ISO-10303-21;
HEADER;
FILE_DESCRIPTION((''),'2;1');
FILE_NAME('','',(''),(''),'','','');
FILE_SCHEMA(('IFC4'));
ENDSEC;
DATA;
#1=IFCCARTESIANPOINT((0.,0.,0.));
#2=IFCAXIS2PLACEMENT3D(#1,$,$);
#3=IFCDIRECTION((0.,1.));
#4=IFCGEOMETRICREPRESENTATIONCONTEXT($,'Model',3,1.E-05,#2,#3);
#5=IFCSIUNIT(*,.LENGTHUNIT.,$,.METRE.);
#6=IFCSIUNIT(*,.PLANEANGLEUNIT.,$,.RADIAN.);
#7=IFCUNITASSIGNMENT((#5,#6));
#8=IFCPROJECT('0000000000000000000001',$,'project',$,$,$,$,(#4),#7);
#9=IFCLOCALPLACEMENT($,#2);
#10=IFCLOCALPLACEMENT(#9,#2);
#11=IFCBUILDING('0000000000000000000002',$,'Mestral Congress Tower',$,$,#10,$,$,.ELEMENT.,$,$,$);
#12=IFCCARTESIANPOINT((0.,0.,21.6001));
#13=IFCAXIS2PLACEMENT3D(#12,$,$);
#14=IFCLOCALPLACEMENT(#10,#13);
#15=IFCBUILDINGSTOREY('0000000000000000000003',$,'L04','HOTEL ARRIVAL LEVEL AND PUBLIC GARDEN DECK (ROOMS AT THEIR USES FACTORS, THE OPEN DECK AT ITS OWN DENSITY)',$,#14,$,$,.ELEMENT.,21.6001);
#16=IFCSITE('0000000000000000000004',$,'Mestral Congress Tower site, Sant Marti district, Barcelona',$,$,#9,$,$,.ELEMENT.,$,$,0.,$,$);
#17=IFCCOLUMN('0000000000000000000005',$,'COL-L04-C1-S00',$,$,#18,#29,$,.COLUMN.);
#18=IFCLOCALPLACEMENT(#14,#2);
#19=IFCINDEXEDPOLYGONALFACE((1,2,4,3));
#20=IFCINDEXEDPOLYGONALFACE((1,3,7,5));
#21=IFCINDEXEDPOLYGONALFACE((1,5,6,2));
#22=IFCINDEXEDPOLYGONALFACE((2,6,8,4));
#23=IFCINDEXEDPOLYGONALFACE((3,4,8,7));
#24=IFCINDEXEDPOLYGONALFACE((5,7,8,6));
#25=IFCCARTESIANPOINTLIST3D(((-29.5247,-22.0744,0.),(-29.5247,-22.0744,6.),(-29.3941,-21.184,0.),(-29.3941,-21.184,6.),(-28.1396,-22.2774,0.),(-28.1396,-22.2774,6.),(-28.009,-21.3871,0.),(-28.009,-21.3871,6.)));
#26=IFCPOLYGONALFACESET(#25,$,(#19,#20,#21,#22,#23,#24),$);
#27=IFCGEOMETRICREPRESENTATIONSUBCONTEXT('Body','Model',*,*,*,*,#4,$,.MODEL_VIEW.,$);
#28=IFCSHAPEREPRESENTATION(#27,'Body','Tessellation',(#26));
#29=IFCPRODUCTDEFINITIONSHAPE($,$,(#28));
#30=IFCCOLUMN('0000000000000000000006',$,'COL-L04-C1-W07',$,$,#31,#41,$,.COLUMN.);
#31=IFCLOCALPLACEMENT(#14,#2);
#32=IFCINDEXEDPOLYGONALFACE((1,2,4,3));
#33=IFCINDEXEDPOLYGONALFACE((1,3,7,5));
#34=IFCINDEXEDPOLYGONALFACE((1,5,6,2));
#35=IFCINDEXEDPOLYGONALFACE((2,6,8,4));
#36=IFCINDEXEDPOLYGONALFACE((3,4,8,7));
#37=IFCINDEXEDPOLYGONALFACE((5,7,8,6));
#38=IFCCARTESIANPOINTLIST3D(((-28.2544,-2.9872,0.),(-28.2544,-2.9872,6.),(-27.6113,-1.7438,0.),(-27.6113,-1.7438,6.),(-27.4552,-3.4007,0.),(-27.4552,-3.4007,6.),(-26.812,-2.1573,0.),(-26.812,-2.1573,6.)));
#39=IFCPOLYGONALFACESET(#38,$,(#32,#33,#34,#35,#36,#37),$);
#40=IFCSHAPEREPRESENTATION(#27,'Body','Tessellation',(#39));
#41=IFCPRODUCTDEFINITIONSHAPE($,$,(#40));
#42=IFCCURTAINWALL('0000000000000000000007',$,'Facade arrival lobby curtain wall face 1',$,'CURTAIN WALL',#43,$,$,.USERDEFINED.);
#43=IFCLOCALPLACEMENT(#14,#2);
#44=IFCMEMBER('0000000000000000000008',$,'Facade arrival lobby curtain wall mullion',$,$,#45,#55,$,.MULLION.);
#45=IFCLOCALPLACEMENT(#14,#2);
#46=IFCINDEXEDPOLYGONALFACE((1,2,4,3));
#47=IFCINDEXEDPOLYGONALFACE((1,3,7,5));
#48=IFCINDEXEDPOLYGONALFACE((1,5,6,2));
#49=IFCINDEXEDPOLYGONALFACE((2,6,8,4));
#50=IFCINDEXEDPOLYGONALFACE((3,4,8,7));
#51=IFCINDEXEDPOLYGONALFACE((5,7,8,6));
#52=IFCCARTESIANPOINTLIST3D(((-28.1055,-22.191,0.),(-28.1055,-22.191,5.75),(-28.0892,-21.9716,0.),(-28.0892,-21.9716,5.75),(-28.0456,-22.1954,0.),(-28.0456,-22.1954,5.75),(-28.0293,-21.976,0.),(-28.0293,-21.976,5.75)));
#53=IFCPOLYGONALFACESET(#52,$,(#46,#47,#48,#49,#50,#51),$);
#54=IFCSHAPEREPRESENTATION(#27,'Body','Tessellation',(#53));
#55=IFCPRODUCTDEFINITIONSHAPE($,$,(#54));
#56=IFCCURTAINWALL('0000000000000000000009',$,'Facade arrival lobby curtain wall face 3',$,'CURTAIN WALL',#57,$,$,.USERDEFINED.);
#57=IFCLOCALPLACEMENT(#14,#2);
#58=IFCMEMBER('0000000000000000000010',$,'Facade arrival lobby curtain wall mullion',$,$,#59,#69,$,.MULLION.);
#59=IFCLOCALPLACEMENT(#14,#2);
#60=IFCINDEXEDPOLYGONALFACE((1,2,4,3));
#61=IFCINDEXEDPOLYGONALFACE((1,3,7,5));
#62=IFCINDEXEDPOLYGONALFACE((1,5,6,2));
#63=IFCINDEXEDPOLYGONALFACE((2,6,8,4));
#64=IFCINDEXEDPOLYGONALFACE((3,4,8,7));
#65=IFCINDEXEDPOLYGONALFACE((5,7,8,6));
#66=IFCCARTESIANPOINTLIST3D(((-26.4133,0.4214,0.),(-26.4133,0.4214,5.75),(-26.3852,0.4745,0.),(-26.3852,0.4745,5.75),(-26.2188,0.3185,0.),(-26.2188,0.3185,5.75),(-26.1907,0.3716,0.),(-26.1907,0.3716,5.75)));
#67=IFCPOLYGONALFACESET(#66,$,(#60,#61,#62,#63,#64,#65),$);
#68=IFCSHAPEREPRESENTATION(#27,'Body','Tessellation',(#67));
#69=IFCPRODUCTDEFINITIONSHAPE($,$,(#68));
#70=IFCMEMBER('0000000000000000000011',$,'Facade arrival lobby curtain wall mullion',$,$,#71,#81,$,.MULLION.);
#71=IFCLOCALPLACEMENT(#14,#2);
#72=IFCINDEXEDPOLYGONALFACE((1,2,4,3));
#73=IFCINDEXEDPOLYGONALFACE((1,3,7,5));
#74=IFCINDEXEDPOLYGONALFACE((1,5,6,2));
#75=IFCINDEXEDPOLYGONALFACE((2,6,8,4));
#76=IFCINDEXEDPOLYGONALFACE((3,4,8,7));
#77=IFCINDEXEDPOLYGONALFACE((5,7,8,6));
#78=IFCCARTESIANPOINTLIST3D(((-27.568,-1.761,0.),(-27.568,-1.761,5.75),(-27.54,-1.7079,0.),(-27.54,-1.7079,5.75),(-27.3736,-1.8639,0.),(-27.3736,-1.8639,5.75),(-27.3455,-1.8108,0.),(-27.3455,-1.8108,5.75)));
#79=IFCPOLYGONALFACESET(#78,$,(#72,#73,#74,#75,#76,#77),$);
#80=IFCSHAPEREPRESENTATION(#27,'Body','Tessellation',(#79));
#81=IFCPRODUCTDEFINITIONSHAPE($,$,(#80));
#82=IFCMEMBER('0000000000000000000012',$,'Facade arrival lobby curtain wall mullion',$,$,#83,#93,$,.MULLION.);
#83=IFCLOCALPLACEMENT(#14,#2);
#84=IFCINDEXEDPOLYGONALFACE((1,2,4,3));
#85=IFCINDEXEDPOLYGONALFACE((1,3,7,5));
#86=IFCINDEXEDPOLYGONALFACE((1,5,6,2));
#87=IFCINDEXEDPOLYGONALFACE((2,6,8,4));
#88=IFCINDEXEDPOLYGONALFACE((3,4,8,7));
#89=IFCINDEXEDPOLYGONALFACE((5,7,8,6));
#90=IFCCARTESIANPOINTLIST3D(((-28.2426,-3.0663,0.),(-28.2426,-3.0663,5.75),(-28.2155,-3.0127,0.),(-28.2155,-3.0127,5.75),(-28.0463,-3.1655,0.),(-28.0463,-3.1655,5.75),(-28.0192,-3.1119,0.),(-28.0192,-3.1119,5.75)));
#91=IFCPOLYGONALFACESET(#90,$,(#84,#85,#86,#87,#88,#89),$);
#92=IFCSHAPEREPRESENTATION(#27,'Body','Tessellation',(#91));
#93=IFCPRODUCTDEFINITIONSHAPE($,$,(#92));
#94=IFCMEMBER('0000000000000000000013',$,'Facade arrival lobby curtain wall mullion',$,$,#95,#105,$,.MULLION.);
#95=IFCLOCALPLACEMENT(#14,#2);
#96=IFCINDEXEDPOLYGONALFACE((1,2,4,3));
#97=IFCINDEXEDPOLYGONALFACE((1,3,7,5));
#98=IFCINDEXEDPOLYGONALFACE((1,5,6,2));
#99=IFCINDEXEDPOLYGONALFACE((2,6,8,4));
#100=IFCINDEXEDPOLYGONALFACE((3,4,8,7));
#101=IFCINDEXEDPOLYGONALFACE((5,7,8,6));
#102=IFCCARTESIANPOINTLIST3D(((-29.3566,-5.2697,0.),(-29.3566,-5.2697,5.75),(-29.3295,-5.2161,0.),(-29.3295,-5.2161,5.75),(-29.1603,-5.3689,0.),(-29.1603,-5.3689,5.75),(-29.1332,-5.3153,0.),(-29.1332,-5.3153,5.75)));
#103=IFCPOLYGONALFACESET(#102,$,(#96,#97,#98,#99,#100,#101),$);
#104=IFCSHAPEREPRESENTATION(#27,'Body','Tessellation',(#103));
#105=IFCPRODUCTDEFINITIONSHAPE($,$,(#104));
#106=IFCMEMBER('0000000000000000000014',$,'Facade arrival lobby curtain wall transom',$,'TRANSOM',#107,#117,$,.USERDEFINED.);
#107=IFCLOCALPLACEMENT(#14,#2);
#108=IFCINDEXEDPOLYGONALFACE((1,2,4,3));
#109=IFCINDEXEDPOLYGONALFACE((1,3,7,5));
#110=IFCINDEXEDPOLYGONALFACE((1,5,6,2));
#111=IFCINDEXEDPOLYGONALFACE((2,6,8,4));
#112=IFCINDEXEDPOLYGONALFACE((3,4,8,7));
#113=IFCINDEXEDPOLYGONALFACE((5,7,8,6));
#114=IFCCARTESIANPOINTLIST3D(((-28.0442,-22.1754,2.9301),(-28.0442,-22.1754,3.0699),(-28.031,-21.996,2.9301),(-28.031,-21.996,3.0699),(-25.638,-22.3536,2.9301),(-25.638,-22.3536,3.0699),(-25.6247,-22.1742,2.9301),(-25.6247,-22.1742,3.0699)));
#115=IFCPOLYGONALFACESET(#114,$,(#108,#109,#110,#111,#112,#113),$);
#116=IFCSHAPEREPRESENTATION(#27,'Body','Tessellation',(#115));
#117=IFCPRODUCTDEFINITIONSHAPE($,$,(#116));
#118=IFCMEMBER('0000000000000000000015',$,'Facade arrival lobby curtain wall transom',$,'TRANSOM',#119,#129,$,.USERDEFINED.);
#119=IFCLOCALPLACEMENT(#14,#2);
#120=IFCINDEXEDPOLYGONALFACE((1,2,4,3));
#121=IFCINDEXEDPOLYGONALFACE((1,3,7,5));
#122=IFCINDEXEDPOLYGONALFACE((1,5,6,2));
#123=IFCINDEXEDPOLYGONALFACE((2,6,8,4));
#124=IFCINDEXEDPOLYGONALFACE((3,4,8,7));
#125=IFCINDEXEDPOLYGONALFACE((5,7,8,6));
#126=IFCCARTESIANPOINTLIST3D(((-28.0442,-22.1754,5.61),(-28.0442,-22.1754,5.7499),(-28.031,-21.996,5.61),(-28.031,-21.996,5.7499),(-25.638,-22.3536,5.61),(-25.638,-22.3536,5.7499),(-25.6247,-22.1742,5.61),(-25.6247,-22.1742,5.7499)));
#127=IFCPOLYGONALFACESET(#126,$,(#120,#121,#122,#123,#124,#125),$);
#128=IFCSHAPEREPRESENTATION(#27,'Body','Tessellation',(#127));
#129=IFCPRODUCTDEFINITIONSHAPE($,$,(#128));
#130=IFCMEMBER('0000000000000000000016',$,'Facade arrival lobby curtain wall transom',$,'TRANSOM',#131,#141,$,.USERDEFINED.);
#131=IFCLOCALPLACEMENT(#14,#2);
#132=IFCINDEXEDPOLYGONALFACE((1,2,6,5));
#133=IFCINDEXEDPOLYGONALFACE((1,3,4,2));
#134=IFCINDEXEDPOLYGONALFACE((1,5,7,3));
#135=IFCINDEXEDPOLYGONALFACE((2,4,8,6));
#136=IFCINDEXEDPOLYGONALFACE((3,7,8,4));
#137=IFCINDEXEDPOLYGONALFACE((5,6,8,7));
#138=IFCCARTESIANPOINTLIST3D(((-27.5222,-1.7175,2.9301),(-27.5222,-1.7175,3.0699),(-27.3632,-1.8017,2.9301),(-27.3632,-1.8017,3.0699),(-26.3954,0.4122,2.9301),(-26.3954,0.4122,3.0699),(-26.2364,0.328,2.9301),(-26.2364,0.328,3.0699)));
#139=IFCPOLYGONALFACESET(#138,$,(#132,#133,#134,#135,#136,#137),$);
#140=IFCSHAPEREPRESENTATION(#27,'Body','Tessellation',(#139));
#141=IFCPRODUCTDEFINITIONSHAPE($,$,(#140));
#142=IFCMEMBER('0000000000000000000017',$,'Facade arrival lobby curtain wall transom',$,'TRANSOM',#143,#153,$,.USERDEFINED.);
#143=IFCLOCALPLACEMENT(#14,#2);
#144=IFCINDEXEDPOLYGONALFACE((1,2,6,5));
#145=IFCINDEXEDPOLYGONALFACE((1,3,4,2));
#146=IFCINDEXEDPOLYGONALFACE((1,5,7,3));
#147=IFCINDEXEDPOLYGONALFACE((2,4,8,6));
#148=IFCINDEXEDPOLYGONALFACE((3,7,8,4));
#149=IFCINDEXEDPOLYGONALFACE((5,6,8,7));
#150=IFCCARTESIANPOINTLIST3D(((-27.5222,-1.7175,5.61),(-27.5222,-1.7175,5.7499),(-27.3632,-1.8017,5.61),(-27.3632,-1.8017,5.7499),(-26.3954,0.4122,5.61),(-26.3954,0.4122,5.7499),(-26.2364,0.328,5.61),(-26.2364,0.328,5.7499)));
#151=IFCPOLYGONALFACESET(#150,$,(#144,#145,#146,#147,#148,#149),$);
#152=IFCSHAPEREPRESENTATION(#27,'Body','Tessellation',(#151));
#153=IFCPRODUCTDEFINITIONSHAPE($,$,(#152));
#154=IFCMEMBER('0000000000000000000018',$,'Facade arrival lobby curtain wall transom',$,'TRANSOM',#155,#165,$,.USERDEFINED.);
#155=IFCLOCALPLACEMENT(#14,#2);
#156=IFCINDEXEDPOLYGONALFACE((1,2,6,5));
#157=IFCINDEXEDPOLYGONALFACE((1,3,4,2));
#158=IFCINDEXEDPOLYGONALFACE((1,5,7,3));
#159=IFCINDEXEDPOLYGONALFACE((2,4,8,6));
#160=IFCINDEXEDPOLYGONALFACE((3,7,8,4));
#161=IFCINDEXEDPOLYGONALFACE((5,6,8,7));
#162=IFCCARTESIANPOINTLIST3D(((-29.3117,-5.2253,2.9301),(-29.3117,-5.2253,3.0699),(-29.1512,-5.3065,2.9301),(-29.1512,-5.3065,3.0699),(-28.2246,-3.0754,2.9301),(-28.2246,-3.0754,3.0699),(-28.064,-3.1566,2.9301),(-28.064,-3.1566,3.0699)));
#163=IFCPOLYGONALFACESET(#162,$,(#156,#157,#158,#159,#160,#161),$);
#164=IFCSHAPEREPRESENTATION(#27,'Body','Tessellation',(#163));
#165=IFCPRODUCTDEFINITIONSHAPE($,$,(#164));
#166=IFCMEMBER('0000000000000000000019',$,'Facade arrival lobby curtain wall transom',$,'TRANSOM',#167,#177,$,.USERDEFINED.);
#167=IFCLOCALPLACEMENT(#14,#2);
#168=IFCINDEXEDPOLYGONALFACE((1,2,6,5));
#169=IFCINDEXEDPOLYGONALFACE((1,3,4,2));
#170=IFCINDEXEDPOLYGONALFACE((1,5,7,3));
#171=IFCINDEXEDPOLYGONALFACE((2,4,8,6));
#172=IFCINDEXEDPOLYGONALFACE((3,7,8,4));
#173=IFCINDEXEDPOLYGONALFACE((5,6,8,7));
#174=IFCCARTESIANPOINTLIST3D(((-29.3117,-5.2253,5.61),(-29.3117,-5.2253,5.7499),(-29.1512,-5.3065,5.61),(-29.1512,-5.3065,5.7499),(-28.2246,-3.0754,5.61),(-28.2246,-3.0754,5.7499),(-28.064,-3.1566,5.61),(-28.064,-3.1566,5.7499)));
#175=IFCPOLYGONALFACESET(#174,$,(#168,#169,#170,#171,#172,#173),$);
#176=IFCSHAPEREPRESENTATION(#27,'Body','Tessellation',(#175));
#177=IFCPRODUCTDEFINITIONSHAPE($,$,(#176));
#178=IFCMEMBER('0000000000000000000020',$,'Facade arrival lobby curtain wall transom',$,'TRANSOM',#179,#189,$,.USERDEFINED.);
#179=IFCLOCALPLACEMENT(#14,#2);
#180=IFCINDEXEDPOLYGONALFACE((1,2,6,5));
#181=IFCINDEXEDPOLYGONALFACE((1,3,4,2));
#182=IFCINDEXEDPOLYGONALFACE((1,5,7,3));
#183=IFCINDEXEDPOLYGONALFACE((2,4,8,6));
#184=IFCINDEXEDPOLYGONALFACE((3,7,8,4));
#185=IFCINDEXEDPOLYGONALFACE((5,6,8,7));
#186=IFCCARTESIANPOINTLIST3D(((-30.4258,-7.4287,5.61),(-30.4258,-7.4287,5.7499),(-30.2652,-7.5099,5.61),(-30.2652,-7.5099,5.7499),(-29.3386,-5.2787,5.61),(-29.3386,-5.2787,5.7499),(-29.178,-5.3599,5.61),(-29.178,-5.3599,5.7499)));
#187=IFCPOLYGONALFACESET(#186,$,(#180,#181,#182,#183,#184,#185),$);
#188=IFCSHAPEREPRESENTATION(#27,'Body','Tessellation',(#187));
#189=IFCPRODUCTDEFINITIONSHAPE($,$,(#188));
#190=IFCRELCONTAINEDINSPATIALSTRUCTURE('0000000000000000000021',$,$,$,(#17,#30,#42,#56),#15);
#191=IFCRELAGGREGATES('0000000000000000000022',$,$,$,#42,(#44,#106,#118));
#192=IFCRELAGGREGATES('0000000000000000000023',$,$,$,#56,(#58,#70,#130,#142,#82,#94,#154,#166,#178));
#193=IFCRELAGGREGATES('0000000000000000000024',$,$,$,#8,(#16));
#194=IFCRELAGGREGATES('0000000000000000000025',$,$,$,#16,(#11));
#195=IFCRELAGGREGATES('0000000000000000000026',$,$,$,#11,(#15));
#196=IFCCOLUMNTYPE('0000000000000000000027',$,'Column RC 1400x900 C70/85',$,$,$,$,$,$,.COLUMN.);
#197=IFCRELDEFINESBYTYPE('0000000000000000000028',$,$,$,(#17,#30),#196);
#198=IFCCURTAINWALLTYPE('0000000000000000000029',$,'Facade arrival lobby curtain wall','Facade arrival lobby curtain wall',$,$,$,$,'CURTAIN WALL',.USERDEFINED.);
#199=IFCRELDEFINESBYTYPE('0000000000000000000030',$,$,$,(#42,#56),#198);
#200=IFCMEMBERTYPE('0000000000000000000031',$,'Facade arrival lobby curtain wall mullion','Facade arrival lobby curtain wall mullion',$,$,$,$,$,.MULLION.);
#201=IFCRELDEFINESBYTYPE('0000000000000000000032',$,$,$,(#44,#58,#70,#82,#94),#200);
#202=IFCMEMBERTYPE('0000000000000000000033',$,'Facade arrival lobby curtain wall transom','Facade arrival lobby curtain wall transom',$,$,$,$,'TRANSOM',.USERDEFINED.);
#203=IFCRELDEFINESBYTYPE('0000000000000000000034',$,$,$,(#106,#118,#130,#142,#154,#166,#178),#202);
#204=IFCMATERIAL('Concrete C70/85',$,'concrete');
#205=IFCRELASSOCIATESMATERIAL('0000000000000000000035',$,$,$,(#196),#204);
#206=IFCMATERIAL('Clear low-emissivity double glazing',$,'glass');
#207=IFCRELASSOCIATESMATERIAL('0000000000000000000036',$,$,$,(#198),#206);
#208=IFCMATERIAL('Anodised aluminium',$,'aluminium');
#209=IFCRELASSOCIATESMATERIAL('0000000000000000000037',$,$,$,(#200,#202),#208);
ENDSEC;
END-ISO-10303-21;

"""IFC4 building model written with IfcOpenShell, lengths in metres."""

from ifc_helpers import new_model, si_unit, direction, frame, origin, origin_2d, place, context, subcontext, project, spatial, rectangle, extrude, material, material_profile, profile_set, type_object, element, aggregate, save


model = new_model("IFC4")

# Units and contexts
model_context = context("Model", 3, precision=1e-05, world=origin(), true_north=direction((0.0, 1.0)))
body_context = subcontext(model_context, "Body", "Model", "MODEL_VIEW")
ifc_project = project(units=[si_unit("LENGTHUNIT", "METRE"), si_unit("PLANEANGLEUNIT", "RADIAN")], contexts=[model_context])

# Site, building, storey
site_placement = place(None, origin())
site = spatial("IfcSite", under=ifc_project, at=site_placement, Name="Mestral Congress Tower site, Sant Marti district, Barcelona", CompositionType="ELEMENT", RefElevation=0.0)
building_placement = place(site_placement, origin())
building = spatial("IfcBuilding", under=site, at=building_placement, Name="Mestral Congress Tower", CompositionType="ELEMENT")
storey_placement = place(building_placement, frame((0.0, 0.0, 21.6001)))
storey = spatial("IfcBuildingStorey", under=building, at=storey_placement, Name="L04", Description="HOTEL ARRIVAL LEVEL AND PUBLIC GARDEN DECK (ROOMS AT THEIR USES FACTORS, THE OPEN DECK AT ITS OWN DENSITY)", CompositionType="ELEMENT", Elevation=21.6001)

# Columns
ifc_material_1 = material(Name="Concrete C70/85", Category="concrete")
ifc_material_profile_1 = material_profile(ifc_material_1, rectangle(XDim=1.3999, YDim=0.8999, at=origin_2d()), Name="RC 1400x900")
ifc_profile_set_1 = profile_set([ifc_material_profile_1], Name="Concrete C70/85")
column_type = type_object("IfcColumnType", Name="Column RC 1400x900 C70/85", PredefinedType="COLUMN", material=ifc_profile_set_1)
for number, where, z_axis, x_axis, name in (
    (1, (-28.7668, -21.7307, 0.0), (0.0, 0.0, 1.0), (0.989424, -0.145056, 0.0), "COL-L04-C1-S00"),
    (2, (-27.5332, -2.5723, 0.0), (0.0, 0.0, 1.0), (-0.459456, -0.888201, 0.0), "COL-L04-C1-W07"),
):
    element("IfcColumn", number, at=place(storey_placement, frame(where, z_axis=z_axis, x_axis=x_axis)), inside=storey, type_object=column_type, Name=name, PredefinedType="COLUMN", context=body_context, shape_type="SweptSolid", body=[
        extrude(rectangle(XDim=1.3999, YDim=0.8999, at=origin_2d()), origin(), (0.0, 0.0, 1.0), 6.0),
    ])

# Curtain wall, member
ifc_material_2 = material(Name="Clear low-emissivity double glazing", Category="glass")
curtain_wall_type = type_object("IfcCurtainWallType", Name="Facade arrival lobby curtain wall", Description="Facade arrival lobby curtain wall", ElementType="CURTAIN WALL", PredefinedType="USERDEFINED", material=ifc_material_2)
placement = place(storey_placement, origin())
curtain_wall_1 = element("IfcCurtainWall", 3, at=placement, inside=storey, type_object=curtain_wall_type, Name="Facade arrival lobby curtain wall face 1", ObjectType="CURTAIN WALL", PredefinedType="USERDEFINED")
ifc_material_3 = material(Name="Anodised aluminium", Category="aluminium")
ifc_material_profile_2 = material_profile(ifc_material_3, rectangle(XDim=0.22, YDim=0.0601, at=origin_2d()), Name="CW4 mullion 220 x 60")
ifc_profile_set_2 = profile_set([ifc_material_profile_2], Name="Anodised aluminium")
member_type_1 = type_object("IfcMemberType", Name="Facade arrival lobby curtain wall mullion", Description="Facade arrival lobby curtain wall mullion", PredefinedType="MULLION", material=ifc_profile_set_2)
member_1_placement = place(storey_placement, frame((-28.0674, -22.0835, 0.0), z_axis=(0.0, 0.0, 1.0), x_axis=(-0.073879, -0.997267, 0.0)))
member_1 = element("IfcMember", 4, at=member_1_placement, type_object=member_type_1, Name="Facade arrival lobby curtain wall mullion", PredefinedType="MULLION", context=body_context, shape_type="SweptSolid", body=[
    extrude(rectangle(XDim=0.22, YDim=0.0601, at=origin_2d()), origin(), (0.0, 0.0, 1.0), 5.75),
])

# Curtain wall, members
curtain_wall_2 = element("IfcCurtainWall", 5, at=placement, inside=storey, type_object=curtain_wall_type, Name="Facade arrival lobby curtain wall face 3", ObjectType="CURTAIN WALL", PredefinedType="USERDEFINED")
member_2_placement = place(storey_placement, frame((-26.302, 0.3965, 0.0), z_axis=(0.0, 0.0, 1.0), x_axis=(-0.883913, 0.467651, 0.0)))
member_2 = element("IfcMember", 6, at=member_2_placement, type_object=member_type_1, Name="Facade arrival lobby curtain wall mullion", PredefinedType="MULLION", context=body_context, shape_type="SweptSolid", body=[
    extrude(rectangle(XDim=0.22, YDim=0.0601, at=origin_2d()), origin(), (0.0, 0.0, 1.0), 5.75),
])
member_3_placement = place(storey_placement, frame((-27.4568, -1.7859, 0.0), z_axis=(0.0, 0.0, 1.0), x_axis=(-0.883913, 0.467651, 0.0)))
member_3 = element("IfcMember", 7, at=member_3_placement, type_object=member_type_1, Name="Facade arrival lobby curtain wall mullion", PredefinedType="MULLION", context=body_context, shape_type="SweptSolid", body=[
    extrude(rectangle(XDim=0.22, YDim=0.0601, at=origin_2d()), origin(), (0.0, 0.0, 1.0), 5.75),
])
member_4_placement = place(storey_placement, frame((-28.1309, -3.0891, 0.0), z_axis=(0.0, 0.0, 1.0), x_axis=(-0.892414, 0.451217, 0.0)))
member_4 = element("IfcMember", 8, at=member_4_placement, type_object=member_type_1, Name="Facade arrival lobby curtain wall mullion", PredefinedType="MULLION", context=body_context, shape_type="SweptSolid", body=[
    extrude(rectangle(XDim=0.22, YDim=0.0601, at=origin_2d()), origin(), (0.0, 0.0, 1.0), 5.75),
])
member_5_placement = place(storey_placement, frame((-29.2449, -5.2925, 0.0), z_axis=(0.0, 0.0, 1.0), x_axis=(-0.892414, 0.451217, 0.0)))
member_5 = element("IfcMember", 9, at=member_5_placement, type_object=member_type_1, Name="Facade arrival lobby curtain wall mullion", PredefinedType="MULLION", context=body_context, shape_type="SweptSolid", body=[
    extrude(rectangle(XDim=0.22, YDim=0.0601, at=origin_2d()), origin(), (0.0, 0.0, 1.0), 5.75),
])

# Members
ifc_material_profile_3 = material_profile(ifc_material_3, rectangle(XDim=0.1799, YDim=0.1399, at=origin_2d()), Name="CW4 transom 180 x 140")
ifc_profile_set_3 = profile_set([ifc_material_profile_3], Name="Anodised aluminium")
member_type_2 = type_object("IfcMemberType", Name="Facade arrival lobby curtain wall transom", Description="Facade arrival lobby curtain wall transom", ElementType="TRANSOM", PredefinedType="USERDEFINED", material=ifc_profile_set_3)
member_6_placement = place(storey_placement, frame((-28.0376, -22.0857, 3.0), z_axis=(0.997268, -0.073864, 0.0), x_axis=(0.073864, 0.997268, 0.0)))
member_6 = element("IfcMember", 10, at=member_6_placement, type_object=member_type_2, Name="Facade arrival lobby curtain wall transom", ObjectType="TRANSOM", PredefinedType="USERDEFINED", context=body_context, shape_type="SweptSolid", body=[
    extrude(rectangle(XDim=0.1799, YDim=0.1399, at=origin_2d()), origin(), (0.0, 0.0, 1.0), 2.4128),
])
member_7_placement = place(storey_placement, frame((-28.0376, -22.0857, 5.6799), z_axis=(0.997268, -0.073864, 0.0), x_axis=(0.073864, 0.997268, 0.0)))
member_7 = element("IfcMember", 11, at=member_7_placement, type_object=member_type_2, Name="Facade arrival lobby curtain wall transom", ObjectType="TRANSOM", PredefinedType="USERDEFINED", context=body_context, shape_type="SweptSolid", body=[
    extrude(rectangle(XDim=0.1799, YDim=0.1399, at=origin_2d()), origin(), (0.0, 0.0, 1.0), 2.4128),
])
member_8_placement = place(storey_placement, frame((-26.3159, 0.3701, 3.0), z_axis=(-0.467646, -0.883916, 0.0), x_axis=(0.883916, -0.467646, 0.0)))
member_8 = element("IfcMember", 12, at=member_8_placement, type_object=member_type_2, Name="Facade arrival lobby curtain wall transom", ObjectType="TRANSOM", PredefinedType="USERDEFINED", context=body_context, shape_type="SweptSolid", body=[
    extrude(rectangle(XDim=0.1799, YDim=0.1399, at=origin_2d()), origin(), (0.0, 0.0, 1.0), 2.4094),
])
member_9_placement = place(storey_placement, frame((-26.3159, 0.3701, 5.6799), z_axis=(-0.467646, -0.883916, 0.0), x_axis=(0.883916, -0.467646, 0.0)))
member_9 = element("IfcMember", 13, at=member_9_placement, type_object=member_type_2, Name="Facade arrival lobby curtain wall transom", ObjectType="TRANSOM", PredefinedType="USERDEFINED", context=body_context, shape_type="SweptSolid", body=[
    extrude(rectangle(XDim=0.1799, YDim=0.1399, at=origin_2d()), origin(), (0.0, 0.0, 1.0), 2.4094),
])
member_10_placement = place(storey_placement, frame((-28.1443, -3.116, 3.0), z_axis=(-0.451263, -0.892391, 0.0), x_axis=(0.892391, -0.451263, 0.0)))
member_10 = element("IfcMember", 14, at=member_10_placement, type_object=member_type_2, Name="Facade arrival lobby curtain wall transom", ObjectType="TRANSOM", PredefinedType="USERDEFINED", context=body_context, shape_type="SweptSolid", body=[
    extrude(rectangle(XDim=0.1799, YDim=0.1399, at=origin_2d()), origin(), (0.0, 0.0, 1.0), 2.4092),
])
member_11_placement = place(storey_placement, frame((-28.1443, -3.116, 5.6799), z_axis=(-0.451263, -0.892391, 0.0), x_axis=(0.892391, -0.451263, 0.0)))
member_11 = element("IfcMember", 15, at=member_11_placement, type_object=member_type_2, Name="Facade arrival lobby curtain wall transom", ObjectType="TRANSOM", PredefinedType="USERDEFINED", context=body_context, shape_type="SweptSolid", body=[
    extrude(rectangle(XDim=0.1799, YDim=0.1399, at=origin_2d()), origin(), (0.0, 0.0, 1.0), 2.4092),
])
member_12_placement = place(storey_placement, frame((-29.2583, -5.3193, 5.6799), z_axis=(-0.451263, -0.892391, 0.0), x_axis=(0.892391, -0.451263, 0.0)))
member_12 = element("IfcMember", 16, at=member_12_placement, type_object=member_type_2, Name="Facade arrival lobby curtain wall transom", ObjectType="TRANSOM", PredefinedType="USERDEFINED", context=body_context, shape_type="SweptSolid", body=[
    extrude(rectangle(XDim=0.1799, YDim=0.1399, at=origin_2d()), origin(), (0.0, 0.0, 1.0), 2.4092),
])

aggregate(curtain_wall_1, [member_1, member_6, member_7])
aggregate(curtain_wall_2, [member_2, member_3, member_8, member_9, member_4, member_5, member_10, member_11, member_12])

save(model, "model.ifc")
